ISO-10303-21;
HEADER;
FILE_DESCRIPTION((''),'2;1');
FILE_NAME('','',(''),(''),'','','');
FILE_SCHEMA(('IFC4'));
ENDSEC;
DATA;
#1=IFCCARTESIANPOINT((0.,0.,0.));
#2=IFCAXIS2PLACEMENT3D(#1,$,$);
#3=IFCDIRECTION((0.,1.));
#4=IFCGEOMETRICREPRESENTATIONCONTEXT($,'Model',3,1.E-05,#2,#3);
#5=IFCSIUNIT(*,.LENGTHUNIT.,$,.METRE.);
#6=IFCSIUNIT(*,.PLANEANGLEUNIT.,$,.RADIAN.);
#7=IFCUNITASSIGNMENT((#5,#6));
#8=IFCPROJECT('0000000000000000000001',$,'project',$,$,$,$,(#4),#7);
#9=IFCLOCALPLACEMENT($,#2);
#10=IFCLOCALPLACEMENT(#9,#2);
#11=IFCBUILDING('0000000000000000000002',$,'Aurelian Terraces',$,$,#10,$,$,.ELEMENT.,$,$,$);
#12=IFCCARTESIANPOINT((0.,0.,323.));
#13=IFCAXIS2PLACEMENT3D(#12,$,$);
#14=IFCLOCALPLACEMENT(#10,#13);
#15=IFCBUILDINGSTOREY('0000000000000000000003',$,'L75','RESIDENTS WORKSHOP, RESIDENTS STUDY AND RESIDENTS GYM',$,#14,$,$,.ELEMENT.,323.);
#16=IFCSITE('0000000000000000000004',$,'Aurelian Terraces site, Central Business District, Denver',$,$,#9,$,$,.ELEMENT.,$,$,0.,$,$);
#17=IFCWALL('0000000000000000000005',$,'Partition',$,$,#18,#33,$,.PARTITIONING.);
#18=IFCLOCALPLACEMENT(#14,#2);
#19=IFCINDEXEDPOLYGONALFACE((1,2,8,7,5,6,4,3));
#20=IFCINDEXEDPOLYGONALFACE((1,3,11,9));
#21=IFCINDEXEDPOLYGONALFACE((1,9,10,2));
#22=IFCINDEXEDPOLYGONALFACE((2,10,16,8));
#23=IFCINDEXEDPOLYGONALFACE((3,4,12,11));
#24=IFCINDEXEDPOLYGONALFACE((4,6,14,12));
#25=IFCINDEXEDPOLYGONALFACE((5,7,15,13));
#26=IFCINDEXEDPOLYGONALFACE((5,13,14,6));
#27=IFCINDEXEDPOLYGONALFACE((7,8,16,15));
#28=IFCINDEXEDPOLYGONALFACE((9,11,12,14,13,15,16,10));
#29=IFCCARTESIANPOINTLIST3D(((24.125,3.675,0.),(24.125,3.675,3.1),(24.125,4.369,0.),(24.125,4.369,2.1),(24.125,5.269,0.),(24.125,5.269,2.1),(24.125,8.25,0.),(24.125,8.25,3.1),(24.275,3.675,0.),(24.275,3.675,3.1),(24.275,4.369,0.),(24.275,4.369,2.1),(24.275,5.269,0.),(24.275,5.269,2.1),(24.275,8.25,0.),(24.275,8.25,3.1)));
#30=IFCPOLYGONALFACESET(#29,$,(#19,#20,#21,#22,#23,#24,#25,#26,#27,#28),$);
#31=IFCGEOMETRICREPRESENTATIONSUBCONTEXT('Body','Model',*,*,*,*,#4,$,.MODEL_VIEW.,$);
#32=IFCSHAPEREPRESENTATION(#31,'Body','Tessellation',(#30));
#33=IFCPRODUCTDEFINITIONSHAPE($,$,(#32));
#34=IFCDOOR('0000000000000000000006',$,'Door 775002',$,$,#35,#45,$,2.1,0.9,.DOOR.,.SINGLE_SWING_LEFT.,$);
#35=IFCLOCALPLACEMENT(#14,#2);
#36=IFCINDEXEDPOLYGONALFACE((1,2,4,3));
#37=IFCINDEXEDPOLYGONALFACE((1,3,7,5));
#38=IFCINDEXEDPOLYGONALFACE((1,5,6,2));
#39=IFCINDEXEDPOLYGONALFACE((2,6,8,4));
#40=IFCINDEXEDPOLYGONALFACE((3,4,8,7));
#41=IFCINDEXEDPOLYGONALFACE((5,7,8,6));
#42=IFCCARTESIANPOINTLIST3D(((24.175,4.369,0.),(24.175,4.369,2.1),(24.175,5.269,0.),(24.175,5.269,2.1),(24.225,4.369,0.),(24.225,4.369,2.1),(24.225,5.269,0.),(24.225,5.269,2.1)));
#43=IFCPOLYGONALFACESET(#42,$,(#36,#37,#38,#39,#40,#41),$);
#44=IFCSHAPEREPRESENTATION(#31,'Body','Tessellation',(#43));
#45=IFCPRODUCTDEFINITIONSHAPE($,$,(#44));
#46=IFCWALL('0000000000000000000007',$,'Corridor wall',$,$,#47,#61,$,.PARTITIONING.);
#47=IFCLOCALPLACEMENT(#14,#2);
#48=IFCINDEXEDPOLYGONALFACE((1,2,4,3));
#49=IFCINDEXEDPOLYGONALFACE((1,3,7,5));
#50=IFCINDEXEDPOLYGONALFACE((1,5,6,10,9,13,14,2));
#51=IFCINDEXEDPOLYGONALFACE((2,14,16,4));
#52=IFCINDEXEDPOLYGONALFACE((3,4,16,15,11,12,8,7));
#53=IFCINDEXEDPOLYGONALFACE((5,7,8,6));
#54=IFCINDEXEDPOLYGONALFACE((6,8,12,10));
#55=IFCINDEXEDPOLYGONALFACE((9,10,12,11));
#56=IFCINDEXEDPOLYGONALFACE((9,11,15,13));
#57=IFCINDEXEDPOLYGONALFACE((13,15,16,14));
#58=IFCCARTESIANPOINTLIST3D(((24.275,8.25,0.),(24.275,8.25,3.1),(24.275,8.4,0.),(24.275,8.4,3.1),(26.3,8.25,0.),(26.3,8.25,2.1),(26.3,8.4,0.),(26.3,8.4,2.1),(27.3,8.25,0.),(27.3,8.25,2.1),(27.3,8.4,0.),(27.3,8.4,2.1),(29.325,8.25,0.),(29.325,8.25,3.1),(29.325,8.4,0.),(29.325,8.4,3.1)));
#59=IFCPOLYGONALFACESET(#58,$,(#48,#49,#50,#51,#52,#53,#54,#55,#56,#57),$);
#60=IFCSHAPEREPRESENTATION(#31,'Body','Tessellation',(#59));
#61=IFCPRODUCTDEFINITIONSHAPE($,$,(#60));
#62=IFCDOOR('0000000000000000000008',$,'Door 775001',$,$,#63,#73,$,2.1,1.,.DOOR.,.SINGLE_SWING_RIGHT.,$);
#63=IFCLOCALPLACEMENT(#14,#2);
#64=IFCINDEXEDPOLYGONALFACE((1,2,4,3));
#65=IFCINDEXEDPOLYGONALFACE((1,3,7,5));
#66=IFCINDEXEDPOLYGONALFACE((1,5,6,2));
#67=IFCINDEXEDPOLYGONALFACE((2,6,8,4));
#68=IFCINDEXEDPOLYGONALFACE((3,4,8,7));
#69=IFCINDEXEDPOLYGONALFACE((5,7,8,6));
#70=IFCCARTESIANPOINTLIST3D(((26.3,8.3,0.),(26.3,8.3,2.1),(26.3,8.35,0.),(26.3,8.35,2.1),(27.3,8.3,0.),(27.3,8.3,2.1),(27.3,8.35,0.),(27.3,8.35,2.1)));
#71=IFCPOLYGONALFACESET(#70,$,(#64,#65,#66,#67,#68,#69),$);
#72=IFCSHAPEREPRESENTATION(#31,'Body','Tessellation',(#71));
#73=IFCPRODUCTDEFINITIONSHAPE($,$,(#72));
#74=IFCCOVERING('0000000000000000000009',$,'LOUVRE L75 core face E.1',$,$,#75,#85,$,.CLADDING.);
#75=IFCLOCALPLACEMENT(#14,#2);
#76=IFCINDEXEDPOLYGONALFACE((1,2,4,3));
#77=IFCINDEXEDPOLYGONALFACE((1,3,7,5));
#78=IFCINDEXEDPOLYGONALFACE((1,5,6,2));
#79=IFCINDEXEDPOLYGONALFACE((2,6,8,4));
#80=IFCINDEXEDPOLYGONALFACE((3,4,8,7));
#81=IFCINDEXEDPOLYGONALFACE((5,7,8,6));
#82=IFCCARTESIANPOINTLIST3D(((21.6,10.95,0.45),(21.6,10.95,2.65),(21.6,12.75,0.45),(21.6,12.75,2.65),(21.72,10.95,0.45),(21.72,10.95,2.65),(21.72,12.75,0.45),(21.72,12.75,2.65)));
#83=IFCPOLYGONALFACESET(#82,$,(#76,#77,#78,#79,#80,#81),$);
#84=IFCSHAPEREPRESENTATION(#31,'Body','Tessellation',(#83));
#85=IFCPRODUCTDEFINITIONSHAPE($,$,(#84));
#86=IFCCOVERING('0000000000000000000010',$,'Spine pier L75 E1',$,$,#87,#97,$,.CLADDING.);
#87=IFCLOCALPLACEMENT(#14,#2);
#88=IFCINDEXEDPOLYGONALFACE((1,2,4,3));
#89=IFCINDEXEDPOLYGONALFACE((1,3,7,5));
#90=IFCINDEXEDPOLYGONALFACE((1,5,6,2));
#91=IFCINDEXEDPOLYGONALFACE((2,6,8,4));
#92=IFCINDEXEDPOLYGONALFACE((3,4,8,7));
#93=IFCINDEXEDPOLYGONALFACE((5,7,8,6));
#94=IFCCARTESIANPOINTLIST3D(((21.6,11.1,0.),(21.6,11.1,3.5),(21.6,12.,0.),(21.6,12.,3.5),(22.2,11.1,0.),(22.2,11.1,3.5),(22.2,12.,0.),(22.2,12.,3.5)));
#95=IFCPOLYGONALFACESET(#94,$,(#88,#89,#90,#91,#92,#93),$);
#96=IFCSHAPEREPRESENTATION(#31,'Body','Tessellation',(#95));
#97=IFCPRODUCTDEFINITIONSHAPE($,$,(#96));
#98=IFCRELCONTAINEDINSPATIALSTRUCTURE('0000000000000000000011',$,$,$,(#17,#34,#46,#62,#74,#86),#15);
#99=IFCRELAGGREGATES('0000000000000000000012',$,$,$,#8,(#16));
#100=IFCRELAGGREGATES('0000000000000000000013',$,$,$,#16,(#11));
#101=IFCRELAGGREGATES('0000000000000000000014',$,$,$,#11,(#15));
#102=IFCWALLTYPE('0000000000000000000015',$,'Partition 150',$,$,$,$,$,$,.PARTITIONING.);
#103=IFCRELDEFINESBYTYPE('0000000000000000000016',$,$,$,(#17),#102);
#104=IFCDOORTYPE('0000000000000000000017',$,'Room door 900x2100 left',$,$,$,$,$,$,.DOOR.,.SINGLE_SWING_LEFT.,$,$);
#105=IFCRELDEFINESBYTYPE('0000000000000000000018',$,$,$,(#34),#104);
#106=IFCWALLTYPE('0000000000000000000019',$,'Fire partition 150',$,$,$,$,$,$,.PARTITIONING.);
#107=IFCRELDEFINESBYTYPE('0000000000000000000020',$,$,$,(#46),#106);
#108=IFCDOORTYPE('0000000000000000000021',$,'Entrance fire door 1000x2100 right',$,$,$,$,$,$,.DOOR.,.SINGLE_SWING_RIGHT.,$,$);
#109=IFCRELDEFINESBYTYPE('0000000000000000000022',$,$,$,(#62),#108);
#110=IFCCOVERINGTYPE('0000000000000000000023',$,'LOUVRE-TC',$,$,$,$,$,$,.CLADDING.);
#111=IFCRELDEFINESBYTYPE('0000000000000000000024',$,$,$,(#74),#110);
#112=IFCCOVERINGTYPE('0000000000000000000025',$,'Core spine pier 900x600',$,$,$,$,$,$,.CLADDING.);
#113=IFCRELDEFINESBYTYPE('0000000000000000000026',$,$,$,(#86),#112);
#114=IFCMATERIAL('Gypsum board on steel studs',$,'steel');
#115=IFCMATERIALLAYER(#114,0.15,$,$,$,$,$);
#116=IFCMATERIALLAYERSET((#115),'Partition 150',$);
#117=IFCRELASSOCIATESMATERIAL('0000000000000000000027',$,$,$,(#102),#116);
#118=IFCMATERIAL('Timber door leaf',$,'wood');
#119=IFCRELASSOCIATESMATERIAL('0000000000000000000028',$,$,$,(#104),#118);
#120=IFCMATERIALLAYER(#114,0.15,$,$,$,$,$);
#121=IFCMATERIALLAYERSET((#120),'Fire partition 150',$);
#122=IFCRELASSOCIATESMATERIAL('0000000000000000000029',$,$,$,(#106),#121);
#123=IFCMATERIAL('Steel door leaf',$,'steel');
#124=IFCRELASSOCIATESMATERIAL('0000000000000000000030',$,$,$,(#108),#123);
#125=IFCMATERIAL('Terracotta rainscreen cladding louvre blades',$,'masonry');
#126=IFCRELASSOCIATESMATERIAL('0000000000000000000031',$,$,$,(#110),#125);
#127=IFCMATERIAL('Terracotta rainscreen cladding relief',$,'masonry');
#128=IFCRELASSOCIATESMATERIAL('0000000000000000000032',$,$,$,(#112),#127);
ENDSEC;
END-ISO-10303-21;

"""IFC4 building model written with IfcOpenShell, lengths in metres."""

from ifc_helpers import new_model, si_unit, direction, frame, frame_2d, origin, origin_2d, place, context, subcontext, project, spatial, rectangle, extrude, source, transform, mapped, material, layer, layer_set, type_object, element, fill, save


model = new_model("IFC4")

# Units and contexts
model_context = context("Model", 3, precision=1e-05, world=origin(), true_north=direction((0.0, 1.0)))
body_context = subcontext(model_context, "Body", "Model", "MODEL_VIEW")
ifc_project = project(units=[si_unit("LENGTHUNIT", "METRE"), si_unit("PLANEANGLEUNIT", "RADIAN")], contexts=[model_context])

# Site, building, storey
site_placement = place(None, origin())
site = spatial("IfcSite", under=ifc_project, at=site_placement, Name="Aurelian Terraces site, Central Business District, Denver", CompositionType="ELEMENT", RefElevation=0.0)
building_placement = place(site_placement, origin())
building = spatial("IfcBuilding", under=site, at=building_placement, Name="Aurelian Terraces", CompositionType="ELEMENT")
storey_placement = place(building_placement, frame((0.0, 0.0, 323.0)))
storey = spatial("IfcBuildingStorey", under=building, at=storey_placement, Name="L75", Description="RESIDENTS WORKSHOP, RESIDENTS STUDY AND RESIDENTS GYM", CompositionType="ELEMENT", Elevation=323.0)

# Shared definitions
ifc_material_1 = material(Name="Gypsum board on steel studs", Category="steel")

# Walls, openings, doors
ifc_layer_1 = layer(ifc_material_1, 0.15)
ifc_layer_set_1 = layer_set([ifc_layer_1], Name="Partition 150")
wall_type_1 = type_object("IfcWallType", Name="Partition 150", PredefinedType="PARTITIONING", material=ifc_layer_set_1)
shared_shape_1 = source(origin(), body_context, "Body", "SweptSolid", [
    extrude(rectangle(XDim=4.575, YDim=0.15, at=frame_2d((2.2875, 0.0))), origin(), (0.0, 0.0, 1.0), 3.1),
])
wall_1_placement = place(storey_placement, frame((24.2, 8.25, 0.0), z_axis=(0.0, 0.0, 1.0), x_axis=(0.0, -1.0, 0.0)))
wall_1 = element("IfcWall", 1, at=wall_1_placement, inside=storey, type_object=wall_type_1, Name="Partition", PredefinedType="PARTITIONING", context=body_context, shape_type="MappedRepresentation", body=[
    mapped(shared_shape_1, transform((0.0, 0.0, 0.0), scale=1.0)),
])
shared_shape_2 = source(origin(), body_context, "Body", "SweptSolid", [
    extrude(rectangle(XDim=0.9, YDim=2.1, at=frame_2d((0.45, 1.05))), frame((0.0, 0.085, 0.0), z_axis=(0.0, -1.0, 0.0), x_axis=(1.0, 0.0, 0.0)), (0.0, 0.0, 1.0), 0.17),
])
opening_1_placement = place(wall_1_placement, frame((2.981, 0.0, 0.0)))
opening_1 = element("IfcOpeningElement", 2, at=opening_1_placement, cuts=wall_1, PredefinedType="OPENING", context=body_context, shape_type="MappedRepresentation", body=[
    mapped(shared_shape_2, transform((0.0, 0.0, 0.0), scale=1.0)),
])
ifc_material_2 = material(Name="Timber door leaf", Category="wood")
door_type_1 = type_object("IfcDoorType", Name="Room door 900x2100 left", OperationType="SINGLE_SWING_LEFT", PredefinedType="DOOR", material=ifc_material_2)
shared_shape_3 = source(origin(), body_context, "Body", "SweptSolid", [
    extrude(rectangle(XDim=0.9, YDim=2.1, at=frame_2d((0.45, 1.05))), frame((0.0, 0.025, 0.0), z_axis=(0.0, -1.0, 0.0), x_axis=(1.0, 0.0, 0.0)), (0.0, 0.0, 1.0), 0.05),
])
door_1_placement = place(opening_1_placement, origin())
door_1 = element("IfcDoor", 3, at=door_1_placement, inside=storey, type_object=door_type_1, Name="Door 775002", OperationType="SINGLE_SWING_LEFT", OverallHeight=2.1, OverallWidth=0.9, PredefinedType="DOOR", context=body_context, shape_type="MappedRepresentation", body=[
    mapped(shared_shape_3, transform((0.0, 0.0, 0.0), scale=1.0)),
])
fill(opening_1, door_1)
ifc_layer_2 = layer(ifc_material_1, 0.15)
ifc_layer_set_2 = layer_set([ifc_layer_2], Name="Fire partition 150")
wall_type_2 = type_object("IfcWallType", Name="Fire partition 150", PredefinedType="PARTITIONING", material=ifc_layer_set_2)
shared_shape_4 = source(origin(), body_context, "Body", "SweptSolid", [
    extrude(rectangle(XDim=5.05, YDim=0.15, at=frame_2d((2.525, 0.0))), origin(), (0.0, 0.0, 1.0), 3.1),
])
wall_2_placement = place(storey_placement, frame((29.325, 8.325, 0.0), z_axis=(0.0, 0.0, 1.0), x_axis=(-1.0, 0.0, 0.0)))
wall_2 = element("IfcWall", 4, at=wall_2_placement, inside=storey, type_object=wall_type_2, Name="Corridor wall", PredefinedType="PARTITIONING", context=body_context, shape_type="MappedRepresentation", body=[
    mapped(shared_shape_4, transform((0.0, 0.0, 0.0), scale=1.0)),
])
shared_shape_5 = source(origin(), body_context, "Body", "SweptSolid", [
    extrude(rectangle(XDim=1.0, YDim=2.1, at=frame_2d((0.5, 1.05))), frame((0.0, 0.085, 0.0), z_axis=(0.0, -1.0, 0.0), x_axis=(1.0, 0.0, 0.0)), (0.0, 0.0, 1.0), 0.17),
])
opening_2_placement = place(wall_2_placement, frame((2.025, 0.0, 0.0)))
opening_2 = element("IfcOpeningElement", 5, at=opening_2_placement, cuts=wall_2, PredefinedType="OPENING", context=body_context, shape_type="MappedRepresentation", body=[
    mapped(shared_shape_5, transform((0.0, 0.0, 0.0), scale=1.0)),
])
ifc_material_3 = material(Name="Steel door leaf", Category="steel")
door_type_2 = type_object("IfcDoorType", Name="Entrance fire door 1000x2100 right", OperationType="SINGLE_SWING_RIGHT", PredefinedType="DOOR", material=ifc_material_3)
shared_shape_6 = source(origin(), body_context, "Body", "SweptSolid", [
    extrude(rectangle(XDim=1.0, YDim=2.1, at=frame_2d((0.5, 1.05))), frame((0.0, 0.025, 0.0), z_axis=(0.0, -1.0, 0.0), x_axis=(1.0, 0.0, 0.0)), (0.0, 0.0, 1.0), 0.05),
])
door_2_placement = place(opening_2_placement, origin())
door_2 = element("IfcDoor", 6, at=door_2_placement, inside=storey, type_object=door_type_2, Name="Door 775001", OperationType="SINGLE_SWING_RIGHT", OverallHeight=2.1, OverallWidth=1.0, PredefinedType="DOOR", context=body_context, shape_type="MappedRepresentation", body=[
    mapped(shared_shape_6, transform((0.0, 0.0, 0.0), scale=1.0)),
])
fill(opening_2, door_2)

# Coverings
ifc_material_4 = material(Name="Terracotta rainscreen cladding louvre blades", Category="masonry")
covering_type_1 = type_object("IfcCoveringType", Name="LOUVRE-TC", PredefinedType="CLADDING", material=ifc_material_4)
shared_shape_7 = source(origin(), body_context, "Body", "SweptSolid", [
    extrude(rectangle(XDim=0.12, YDim=1.8, at=origin_2d()), origin(), (0.0, 0.0, 1.0), 2.2),
])
covering_1_placement = place(storey_placement, frame((21.66, 11.85, 0.45), z_axis=(0.0, 0.0, 1.0), x_axis=(1.0, 0.0, 0.0)))
element("IfcCovering", 7, at=covering_1_placement, inside=storey, type_object=covering_type_1, Name="LOUVRE L75 core face E.1", PredefinedType="CLADDING", context=body_context, shape_type="MappedRepresentation", body=[
    mapped(shared_shape_7, transform((0.0, 0.0, 0.0), scale=1.0)),
])
ifc_material_5 = material(Name="Terracotta rainscreen cladding relief", Category="masonry")
covering_type_2 = type_object("IfcCoveringType", Name="Core spine pier 900x600", PredefinedType="CLADDING", material=ifc_material_5)
shared_shape_8 = source(origin(), body_context, "Body", "SweptSolid", [
    extrude(rectangle(XDim=0.6, YDim=0.9, at=origin_2d()), origin(), (0.0, 0.0, 1.0), 3.5),
])
covering_2_placement = place(storey_placement, frame((21.9, 11.55, 0.0), z_axis=(0.0, 0.0, 1.0), x_axis=(1.0, 0.0, 0.0)))
element("IfcCovering", 8, at=covering_2_placement, inside=storey, type_object=covering_type_2, Name="Spine pier L75 E1", PredefinedType="CLADDING", context=body_context, shape_type="MappedRepresentation", body=[
    mapped(shared_shape_8, transform((0.0, 0.0, 0.0), scale=1.0)),
])

save(model, "model.ifc")
